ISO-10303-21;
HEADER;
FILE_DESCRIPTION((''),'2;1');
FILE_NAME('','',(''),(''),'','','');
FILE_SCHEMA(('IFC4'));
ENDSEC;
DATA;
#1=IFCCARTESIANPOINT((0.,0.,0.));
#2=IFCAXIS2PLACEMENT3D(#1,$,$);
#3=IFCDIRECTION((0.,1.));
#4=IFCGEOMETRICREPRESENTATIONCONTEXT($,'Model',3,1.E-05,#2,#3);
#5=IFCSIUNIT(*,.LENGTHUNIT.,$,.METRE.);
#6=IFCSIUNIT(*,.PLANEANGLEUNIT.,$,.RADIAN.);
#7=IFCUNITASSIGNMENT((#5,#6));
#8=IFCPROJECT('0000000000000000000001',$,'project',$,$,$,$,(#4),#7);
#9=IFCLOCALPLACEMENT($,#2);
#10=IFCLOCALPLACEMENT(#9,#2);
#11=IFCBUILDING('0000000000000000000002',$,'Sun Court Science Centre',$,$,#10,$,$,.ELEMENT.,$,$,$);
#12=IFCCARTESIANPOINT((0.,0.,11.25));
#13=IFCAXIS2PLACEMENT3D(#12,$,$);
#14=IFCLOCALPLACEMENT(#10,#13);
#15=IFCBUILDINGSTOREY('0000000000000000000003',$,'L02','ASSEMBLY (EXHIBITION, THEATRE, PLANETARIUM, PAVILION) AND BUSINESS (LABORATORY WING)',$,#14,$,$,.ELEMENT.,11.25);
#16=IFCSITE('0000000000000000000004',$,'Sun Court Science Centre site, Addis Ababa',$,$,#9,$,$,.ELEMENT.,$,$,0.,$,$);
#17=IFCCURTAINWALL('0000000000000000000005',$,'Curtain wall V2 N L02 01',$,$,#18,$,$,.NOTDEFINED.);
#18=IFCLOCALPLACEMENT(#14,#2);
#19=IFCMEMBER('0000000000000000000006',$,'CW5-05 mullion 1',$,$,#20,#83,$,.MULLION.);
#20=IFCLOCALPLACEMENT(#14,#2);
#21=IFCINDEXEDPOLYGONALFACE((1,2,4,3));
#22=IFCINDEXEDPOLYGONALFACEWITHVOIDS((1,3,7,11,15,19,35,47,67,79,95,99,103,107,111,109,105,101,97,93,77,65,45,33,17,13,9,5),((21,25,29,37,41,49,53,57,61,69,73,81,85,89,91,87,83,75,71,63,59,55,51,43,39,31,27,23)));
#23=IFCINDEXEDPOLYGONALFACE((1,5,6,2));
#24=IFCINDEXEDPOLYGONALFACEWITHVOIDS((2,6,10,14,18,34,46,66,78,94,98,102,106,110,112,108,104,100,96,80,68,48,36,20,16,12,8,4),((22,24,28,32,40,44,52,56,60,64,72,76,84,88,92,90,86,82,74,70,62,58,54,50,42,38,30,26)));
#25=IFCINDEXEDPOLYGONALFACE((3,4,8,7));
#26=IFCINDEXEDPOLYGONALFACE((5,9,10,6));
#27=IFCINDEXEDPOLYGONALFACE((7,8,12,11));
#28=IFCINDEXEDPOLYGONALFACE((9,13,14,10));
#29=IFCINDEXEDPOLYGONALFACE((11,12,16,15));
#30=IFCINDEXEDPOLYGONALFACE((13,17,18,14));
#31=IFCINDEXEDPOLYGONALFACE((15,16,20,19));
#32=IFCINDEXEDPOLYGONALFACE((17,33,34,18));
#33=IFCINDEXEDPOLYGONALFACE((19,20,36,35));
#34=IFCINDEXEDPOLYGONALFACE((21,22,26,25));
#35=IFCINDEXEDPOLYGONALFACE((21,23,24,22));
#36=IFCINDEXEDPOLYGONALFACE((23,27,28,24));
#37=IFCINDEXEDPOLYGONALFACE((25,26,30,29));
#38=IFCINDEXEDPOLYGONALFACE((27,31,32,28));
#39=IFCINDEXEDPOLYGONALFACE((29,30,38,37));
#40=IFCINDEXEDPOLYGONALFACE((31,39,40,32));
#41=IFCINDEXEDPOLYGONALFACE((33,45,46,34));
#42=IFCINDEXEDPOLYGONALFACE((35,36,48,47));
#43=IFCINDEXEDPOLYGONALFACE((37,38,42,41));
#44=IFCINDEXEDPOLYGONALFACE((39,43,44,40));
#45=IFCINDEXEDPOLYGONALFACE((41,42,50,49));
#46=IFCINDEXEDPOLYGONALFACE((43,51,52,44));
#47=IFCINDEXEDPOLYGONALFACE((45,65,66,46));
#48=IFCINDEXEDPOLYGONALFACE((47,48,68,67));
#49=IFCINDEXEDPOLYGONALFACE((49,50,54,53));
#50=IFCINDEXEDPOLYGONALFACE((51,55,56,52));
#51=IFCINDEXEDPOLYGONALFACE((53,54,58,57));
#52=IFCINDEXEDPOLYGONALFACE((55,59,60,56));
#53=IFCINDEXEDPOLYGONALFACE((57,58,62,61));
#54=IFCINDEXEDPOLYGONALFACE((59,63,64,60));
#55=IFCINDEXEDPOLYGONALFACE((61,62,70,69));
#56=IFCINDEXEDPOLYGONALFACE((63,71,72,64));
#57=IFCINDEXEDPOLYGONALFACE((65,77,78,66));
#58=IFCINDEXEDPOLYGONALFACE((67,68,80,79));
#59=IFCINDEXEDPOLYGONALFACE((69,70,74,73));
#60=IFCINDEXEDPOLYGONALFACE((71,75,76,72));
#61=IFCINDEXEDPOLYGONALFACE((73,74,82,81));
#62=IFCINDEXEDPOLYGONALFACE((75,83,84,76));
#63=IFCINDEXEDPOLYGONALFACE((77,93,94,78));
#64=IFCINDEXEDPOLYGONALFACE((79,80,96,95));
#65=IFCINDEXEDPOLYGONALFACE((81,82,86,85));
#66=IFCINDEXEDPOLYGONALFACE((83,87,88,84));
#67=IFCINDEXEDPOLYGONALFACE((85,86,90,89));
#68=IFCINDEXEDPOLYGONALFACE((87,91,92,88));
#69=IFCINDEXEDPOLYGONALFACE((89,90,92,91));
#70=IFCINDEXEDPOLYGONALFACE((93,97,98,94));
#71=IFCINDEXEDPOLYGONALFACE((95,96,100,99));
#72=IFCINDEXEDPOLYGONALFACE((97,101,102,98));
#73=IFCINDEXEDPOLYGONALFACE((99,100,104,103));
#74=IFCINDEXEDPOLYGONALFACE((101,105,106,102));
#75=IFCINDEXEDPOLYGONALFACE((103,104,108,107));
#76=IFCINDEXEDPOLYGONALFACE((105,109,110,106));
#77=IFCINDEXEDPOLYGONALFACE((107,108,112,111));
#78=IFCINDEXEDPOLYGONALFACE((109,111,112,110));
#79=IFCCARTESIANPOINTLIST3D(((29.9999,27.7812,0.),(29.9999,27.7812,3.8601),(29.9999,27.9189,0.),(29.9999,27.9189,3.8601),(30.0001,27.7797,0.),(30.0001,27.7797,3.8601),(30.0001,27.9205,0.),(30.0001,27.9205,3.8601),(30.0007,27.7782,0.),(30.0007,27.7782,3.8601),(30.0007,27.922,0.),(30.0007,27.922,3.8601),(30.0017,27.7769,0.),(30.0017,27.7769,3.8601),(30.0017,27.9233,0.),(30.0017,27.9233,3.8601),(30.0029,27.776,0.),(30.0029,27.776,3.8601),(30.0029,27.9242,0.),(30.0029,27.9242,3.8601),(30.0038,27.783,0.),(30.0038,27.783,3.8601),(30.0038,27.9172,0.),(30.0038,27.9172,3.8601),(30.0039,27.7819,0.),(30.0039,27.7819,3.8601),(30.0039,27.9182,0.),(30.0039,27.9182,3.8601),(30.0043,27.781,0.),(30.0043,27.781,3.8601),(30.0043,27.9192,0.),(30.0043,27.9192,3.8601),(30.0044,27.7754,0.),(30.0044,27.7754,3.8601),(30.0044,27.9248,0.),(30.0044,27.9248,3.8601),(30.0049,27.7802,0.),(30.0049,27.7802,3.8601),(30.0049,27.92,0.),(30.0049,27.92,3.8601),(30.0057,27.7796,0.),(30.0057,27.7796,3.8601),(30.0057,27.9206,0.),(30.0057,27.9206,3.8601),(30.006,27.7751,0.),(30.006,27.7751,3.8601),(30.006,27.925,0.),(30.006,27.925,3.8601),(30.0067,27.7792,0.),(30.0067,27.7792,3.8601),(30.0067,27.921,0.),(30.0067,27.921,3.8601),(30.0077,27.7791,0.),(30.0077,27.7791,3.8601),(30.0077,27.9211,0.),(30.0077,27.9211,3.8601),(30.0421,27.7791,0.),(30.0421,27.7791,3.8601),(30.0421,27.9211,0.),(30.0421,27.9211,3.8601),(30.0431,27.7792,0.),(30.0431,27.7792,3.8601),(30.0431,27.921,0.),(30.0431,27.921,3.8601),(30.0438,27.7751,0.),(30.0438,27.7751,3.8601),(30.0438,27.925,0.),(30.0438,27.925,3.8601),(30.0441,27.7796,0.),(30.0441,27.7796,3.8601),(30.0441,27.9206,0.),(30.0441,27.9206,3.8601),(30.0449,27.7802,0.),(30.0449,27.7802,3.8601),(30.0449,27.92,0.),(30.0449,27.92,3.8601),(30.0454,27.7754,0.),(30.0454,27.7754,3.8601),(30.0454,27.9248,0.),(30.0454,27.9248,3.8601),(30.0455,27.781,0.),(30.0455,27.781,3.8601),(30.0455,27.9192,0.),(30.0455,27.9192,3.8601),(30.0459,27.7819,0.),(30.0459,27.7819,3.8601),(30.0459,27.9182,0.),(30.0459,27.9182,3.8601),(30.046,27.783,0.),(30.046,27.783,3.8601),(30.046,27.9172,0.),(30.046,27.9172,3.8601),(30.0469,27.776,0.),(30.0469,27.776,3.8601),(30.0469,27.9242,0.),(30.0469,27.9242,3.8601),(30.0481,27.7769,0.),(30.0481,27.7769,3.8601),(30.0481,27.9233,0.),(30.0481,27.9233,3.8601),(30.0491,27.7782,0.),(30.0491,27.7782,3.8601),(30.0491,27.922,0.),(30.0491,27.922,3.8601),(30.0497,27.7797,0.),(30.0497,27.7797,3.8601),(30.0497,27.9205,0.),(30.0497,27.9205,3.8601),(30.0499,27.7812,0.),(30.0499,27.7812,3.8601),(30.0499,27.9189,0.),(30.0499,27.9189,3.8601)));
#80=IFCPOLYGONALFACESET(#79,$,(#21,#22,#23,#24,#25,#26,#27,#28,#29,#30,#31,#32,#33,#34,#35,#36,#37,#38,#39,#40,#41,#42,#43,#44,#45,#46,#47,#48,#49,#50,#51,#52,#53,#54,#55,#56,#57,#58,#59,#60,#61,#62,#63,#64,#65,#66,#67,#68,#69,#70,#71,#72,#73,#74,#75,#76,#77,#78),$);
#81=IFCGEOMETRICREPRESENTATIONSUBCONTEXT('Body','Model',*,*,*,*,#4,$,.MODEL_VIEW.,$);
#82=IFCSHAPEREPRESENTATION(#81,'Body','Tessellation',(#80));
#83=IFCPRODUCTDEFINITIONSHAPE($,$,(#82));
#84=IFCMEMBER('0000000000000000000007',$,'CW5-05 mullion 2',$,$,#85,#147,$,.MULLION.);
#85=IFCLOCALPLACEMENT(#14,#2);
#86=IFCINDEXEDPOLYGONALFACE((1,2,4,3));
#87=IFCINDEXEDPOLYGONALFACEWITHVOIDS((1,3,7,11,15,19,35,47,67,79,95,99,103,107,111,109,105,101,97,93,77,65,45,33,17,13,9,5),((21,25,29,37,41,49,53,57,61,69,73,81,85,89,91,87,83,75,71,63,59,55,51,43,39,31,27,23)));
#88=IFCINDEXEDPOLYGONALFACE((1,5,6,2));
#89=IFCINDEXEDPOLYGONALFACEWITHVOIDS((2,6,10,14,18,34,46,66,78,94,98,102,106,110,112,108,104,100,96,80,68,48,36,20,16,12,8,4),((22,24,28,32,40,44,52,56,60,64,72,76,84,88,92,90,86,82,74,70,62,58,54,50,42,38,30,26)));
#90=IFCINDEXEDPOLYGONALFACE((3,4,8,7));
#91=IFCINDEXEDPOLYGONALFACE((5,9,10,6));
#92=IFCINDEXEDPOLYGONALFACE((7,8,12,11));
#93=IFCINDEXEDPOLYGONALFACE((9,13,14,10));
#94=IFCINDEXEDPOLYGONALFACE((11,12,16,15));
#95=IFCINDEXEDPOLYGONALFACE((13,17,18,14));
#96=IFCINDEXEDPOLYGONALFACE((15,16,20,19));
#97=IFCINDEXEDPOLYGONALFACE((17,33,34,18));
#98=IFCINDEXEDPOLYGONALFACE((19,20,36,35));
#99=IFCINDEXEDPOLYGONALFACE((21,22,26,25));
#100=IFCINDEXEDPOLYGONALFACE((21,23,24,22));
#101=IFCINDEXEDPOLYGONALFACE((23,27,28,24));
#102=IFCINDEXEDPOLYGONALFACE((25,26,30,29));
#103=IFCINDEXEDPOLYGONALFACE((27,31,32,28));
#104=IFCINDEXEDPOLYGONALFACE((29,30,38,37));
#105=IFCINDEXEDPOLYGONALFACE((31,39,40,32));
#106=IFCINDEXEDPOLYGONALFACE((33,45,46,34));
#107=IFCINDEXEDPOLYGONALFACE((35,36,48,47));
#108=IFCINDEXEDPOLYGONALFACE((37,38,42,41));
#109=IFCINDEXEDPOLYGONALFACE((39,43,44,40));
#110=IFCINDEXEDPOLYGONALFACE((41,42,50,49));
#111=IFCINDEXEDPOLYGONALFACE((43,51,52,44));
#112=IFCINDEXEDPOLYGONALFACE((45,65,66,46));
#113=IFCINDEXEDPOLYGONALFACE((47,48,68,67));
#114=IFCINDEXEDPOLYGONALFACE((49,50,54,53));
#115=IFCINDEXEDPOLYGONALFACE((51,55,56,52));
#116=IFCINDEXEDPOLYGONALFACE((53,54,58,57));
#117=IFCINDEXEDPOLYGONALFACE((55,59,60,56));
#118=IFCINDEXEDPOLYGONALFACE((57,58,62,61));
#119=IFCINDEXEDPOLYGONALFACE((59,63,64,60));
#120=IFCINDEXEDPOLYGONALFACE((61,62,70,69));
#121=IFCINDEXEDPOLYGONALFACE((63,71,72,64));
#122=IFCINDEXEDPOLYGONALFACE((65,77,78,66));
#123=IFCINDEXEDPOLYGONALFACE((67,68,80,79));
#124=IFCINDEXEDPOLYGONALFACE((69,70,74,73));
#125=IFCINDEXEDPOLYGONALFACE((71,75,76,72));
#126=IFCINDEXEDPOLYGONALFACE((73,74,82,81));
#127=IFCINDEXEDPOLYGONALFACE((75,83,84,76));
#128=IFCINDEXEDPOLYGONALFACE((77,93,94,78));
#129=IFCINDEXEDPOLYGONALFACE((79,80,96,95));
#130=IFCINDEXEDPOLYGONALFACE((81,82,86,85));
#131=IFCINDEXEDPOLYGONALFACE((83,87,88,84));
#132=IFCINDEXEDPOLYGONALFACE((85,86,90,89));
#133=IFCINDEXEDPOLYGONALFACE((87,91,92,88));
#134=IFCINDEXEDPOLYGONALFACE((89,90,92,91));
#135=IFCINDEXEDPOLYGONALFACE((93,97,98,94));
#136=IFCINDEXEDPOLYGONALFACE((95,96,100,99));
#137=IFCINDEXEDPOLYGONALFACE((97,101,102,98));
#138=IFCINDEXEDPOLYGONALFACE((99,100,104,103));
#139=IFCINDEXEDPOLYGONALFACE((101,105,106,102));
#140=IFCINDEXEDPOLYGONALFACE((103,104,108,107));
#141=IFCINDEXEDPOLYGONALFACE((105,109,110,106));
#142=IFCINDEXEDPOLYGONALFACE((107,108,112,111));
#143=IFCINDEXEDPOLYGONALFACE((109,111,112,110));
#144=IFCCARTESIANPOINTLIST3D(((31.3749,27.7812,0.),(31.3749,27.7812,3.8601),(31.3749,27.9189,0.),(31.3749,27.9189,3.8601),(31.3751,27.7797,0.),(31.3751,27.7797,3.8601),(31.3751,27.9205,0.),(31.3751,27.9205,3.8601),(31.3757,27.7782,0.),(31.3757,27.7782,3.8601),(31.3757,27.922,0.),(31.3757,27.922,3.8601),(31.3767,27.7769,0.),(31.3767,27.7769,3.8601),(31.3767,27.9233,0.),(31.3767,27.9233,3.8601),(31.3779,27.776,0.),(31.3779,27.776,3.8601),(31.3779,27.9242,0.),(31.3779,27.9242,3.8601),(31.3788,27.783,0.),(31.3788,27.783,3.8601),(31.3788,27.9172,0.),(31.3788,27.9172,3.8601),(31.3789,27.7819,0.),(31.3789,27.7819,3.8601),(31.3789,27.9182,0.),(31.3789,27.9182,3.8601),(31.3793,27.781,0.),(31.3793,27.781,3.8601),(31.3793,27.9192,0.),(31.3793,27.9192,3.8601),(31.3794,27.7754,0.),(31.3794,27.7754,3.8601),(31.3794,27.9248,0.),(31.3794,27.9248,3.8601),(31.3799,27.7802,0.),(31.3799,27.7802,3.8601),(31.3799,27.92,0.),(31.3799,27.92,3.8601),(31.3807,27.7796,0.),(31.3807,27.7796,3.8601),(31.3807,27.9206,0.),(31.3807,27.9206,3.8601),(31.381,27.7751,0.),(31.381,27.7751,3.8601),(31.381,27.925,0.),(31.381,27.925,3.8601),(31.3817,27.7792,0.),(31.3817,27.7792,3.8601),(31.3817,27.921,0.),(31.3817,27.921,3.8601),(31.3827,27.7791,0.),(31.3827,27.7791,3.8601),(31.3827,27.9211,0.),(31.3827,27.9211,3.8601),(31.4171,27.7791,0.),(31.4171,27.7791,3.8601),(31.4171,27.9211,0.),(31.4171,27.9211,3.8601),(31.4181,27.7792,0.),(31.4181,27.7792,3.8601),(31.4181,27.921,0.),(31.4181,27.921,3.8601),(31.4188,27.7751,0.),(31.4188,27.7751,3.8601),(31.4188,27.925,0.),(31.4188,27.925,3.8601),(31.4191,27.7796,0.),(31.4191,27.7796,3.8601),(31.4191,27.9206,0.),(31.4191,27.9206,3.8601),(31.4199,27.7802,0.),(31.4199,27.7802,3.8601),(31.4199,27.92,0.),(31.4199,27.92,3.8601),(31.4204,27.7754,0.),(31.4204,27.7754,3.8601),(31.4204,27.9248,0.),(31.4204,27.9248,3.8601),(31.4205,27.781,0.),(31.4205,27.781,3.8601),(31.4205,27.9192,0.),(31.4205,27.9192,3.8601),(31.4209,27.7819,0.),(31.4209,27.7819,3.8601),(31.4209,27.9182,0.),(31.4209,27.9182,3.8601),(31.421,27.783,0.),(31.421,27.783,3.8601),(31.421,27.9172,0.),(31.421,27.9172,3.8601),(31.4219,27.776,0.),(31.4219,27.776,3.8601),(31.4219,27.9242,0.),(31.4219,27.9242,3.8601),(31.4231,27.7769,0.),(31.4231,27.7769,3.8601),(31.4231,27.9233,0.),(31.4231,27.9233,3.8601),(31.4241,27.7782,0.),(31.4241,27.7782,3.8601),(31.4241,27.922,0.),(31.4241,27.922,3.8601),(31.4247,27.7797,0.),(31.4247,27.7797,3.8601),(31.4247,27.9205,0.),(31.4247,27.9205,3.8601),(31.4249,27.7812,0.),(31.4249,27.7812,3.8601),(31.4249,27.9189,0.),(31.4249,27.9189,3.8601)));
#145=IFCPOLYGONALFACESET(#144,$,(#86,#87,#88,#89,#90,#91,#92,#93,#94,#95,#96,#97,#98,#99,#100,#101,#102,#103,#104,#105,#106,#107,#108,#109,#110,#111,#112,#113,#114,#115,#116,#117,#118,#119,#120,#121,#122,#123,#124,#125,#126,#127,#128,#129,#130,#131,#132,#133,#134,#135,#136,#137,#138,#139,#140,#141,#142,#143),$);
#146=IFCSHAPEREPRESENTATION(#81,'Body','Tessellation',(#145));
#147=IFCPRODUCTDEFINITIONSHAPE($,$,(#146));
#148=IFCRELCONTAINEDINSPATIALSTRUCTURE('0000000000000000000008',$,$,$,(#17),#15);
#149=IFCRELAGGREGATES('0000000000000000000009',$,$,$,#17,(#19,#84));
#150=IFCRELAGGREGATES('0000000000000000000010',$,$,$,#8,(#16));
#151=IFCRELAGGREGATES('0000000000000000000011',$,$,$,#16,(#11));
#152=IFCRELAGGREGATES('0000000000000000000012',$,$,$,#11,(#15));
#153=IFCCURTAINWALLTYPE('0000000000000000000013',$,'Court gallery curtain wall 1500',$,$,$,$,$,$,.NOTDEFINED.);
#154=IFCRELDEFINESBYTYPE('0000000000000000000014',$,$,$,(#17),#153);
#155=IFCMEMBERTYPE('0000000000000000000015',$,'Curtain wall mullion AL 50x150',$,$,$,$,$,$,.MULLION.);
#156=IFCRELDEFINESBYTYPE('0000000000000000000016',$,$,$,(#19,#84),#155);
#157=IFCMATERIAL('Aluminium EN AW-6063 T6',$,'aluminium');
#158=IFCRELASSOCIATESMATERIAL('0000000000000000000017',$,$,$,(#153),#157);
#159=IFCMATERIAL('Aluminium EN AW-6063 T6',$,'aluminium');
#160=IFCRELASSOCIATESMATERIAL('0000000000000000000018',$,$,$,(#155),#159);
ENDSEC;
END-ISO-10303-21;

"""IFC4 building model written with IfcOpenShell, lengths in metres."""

from ifc_helpers import new_model, si_unit, direction, frame, origin, origin_2d, place, context, subcontext, project, spatial, hollow_rectangle, extrude, material, material_profile, profile_set, type_object, element, aggregate, save


model = new_model("IFC4")

# Units and contexts
model_context = context("Model", 3, precision=1e-05, world=origin(), true_north=direction((0.0, 1.0)))
body_context = subcontext(model_context, "Body", "Model", "MODEL_VIEW")
ifc_project = project(units=[si_unit("LENGTHUNIT", "METRE"), si_unit("PLANEANGLEUNIT", "RADIAN")], contexts=[model_context])

# Site, building, storey
site_placement = place(None, origin())
site = spatial("IfcSite", under=ifc_project, at=site_placement, Name="Sun Court Science Centre site, Addis Ababa", CompositionType="ELEMENT", RefElevation=0.0)
building_placement = place(site_placement, origin())
building = spatial("IfcBuilding", under=site, at=building_placement, Name="Sun Court Science Centre", CompositionType="ELEMENT")
storey_placement = place(building_placement, frame((0.0, 0.0, 11.25)))
storey = spatial("IfcBuildingStorey", under=building, at=storey_placement, Name="L02", Description="ASSEMBLY (EXHIBITION, THEATRE, PLANETARIUM, PAVILION) AND BUSINESS (LABORATORY WING)", CompositionType="ELEMENT", Elevation=11.25)

# Curtain wall, members
ifc_material_1 = material(Name="Aluminium EN AW-6063 T6", Category="aluminium")
curtain_wall_type = type_object("IfcCurtainWallType", Name="Court gallery curtain wall 1500", PredefinedType="NOTDEFINED", material=ifc_material_1)
curtain_wall_placement = place(storey_placement, origin())
curtain_wall = element("IfcCurtainWall", 1, at=curtain_wall_placement, inside=storey, type_object=curtain_wall_type, Name="Curtain wall V2 N L02 01", PredefinedType="NOTDEFINED")
ifc_material_2 = material(Name="Aluminium EN AW-6063 T6", Category="aluminium")
ifc_material_profile_1 = material_profile(ifc_material_2, hollow_rectangle(XDim=0.05, YDim=0.1499, WallThickness=0.0039, InnerFilletRadius=0.0039, OuterFilletRadius=0.0061, at=origin_2d()), Name="AL 50x150x4")
ifc_profile_set_1 = profile_set([ifc_material_profile_1], Name="Aluminium EN AW-6063 T6")
member_type_1 = type_object("IfcMemberType", Name="Curtain wall mullion AL 50x150", PredefinedType="MULLION", material=ifc_profile_set_1)
member_1_placement = place(storey_placement, frame((30.0249, 27.8501, 0.0), z_axis=(0.0, 0.0, 1.0), x_axis=(1.0, 0.0, 0.0)))
member_1 = element("IfcMember", 2, at=member_1_placement, type_object=member_type_1, Name="CW5-05 mullion 1", PredefinedType="MULLION", context=body_context, shape_type="SweptSolid", body=[
    extrude(hollow_rectangle(XDim=0.05, YDim=0.1499, WallThickness=0.0039, InnerFilletRadius=0.0039, OuterFilletRadius=0.0061, at=origin_2d()), origin(), (0.0, 0.0, 1.0), 3.8601),
])
member_2_placement = place(storey_placement, frame((31.3999, 27.8501, 0.0), z_axis=(0.0, 0.0, 1.0), x_axis=(1.0, 0.0, 0.0)))
member_2 = element("IfcMember", 3, at=member_2_placement, type_object=member_type_1, Name="CW5-05 mullion 2", PredefinedType="MULLION", context=body_context, shape_type="SweptSolid", body=[
    extrude(hollow_rectangle(XDim=0.05, YDim=0.1499, WallThickness=0.0039, InnerFilletRadius=0.0039, OuterFilletRadius=0.0061, at=origin_2d()), origin(), (0.0, 0.0, 1.0), 3.8601),
])

aggregate(curtain_wall, [member_1, member_2])

save(model, "model.ifc")
